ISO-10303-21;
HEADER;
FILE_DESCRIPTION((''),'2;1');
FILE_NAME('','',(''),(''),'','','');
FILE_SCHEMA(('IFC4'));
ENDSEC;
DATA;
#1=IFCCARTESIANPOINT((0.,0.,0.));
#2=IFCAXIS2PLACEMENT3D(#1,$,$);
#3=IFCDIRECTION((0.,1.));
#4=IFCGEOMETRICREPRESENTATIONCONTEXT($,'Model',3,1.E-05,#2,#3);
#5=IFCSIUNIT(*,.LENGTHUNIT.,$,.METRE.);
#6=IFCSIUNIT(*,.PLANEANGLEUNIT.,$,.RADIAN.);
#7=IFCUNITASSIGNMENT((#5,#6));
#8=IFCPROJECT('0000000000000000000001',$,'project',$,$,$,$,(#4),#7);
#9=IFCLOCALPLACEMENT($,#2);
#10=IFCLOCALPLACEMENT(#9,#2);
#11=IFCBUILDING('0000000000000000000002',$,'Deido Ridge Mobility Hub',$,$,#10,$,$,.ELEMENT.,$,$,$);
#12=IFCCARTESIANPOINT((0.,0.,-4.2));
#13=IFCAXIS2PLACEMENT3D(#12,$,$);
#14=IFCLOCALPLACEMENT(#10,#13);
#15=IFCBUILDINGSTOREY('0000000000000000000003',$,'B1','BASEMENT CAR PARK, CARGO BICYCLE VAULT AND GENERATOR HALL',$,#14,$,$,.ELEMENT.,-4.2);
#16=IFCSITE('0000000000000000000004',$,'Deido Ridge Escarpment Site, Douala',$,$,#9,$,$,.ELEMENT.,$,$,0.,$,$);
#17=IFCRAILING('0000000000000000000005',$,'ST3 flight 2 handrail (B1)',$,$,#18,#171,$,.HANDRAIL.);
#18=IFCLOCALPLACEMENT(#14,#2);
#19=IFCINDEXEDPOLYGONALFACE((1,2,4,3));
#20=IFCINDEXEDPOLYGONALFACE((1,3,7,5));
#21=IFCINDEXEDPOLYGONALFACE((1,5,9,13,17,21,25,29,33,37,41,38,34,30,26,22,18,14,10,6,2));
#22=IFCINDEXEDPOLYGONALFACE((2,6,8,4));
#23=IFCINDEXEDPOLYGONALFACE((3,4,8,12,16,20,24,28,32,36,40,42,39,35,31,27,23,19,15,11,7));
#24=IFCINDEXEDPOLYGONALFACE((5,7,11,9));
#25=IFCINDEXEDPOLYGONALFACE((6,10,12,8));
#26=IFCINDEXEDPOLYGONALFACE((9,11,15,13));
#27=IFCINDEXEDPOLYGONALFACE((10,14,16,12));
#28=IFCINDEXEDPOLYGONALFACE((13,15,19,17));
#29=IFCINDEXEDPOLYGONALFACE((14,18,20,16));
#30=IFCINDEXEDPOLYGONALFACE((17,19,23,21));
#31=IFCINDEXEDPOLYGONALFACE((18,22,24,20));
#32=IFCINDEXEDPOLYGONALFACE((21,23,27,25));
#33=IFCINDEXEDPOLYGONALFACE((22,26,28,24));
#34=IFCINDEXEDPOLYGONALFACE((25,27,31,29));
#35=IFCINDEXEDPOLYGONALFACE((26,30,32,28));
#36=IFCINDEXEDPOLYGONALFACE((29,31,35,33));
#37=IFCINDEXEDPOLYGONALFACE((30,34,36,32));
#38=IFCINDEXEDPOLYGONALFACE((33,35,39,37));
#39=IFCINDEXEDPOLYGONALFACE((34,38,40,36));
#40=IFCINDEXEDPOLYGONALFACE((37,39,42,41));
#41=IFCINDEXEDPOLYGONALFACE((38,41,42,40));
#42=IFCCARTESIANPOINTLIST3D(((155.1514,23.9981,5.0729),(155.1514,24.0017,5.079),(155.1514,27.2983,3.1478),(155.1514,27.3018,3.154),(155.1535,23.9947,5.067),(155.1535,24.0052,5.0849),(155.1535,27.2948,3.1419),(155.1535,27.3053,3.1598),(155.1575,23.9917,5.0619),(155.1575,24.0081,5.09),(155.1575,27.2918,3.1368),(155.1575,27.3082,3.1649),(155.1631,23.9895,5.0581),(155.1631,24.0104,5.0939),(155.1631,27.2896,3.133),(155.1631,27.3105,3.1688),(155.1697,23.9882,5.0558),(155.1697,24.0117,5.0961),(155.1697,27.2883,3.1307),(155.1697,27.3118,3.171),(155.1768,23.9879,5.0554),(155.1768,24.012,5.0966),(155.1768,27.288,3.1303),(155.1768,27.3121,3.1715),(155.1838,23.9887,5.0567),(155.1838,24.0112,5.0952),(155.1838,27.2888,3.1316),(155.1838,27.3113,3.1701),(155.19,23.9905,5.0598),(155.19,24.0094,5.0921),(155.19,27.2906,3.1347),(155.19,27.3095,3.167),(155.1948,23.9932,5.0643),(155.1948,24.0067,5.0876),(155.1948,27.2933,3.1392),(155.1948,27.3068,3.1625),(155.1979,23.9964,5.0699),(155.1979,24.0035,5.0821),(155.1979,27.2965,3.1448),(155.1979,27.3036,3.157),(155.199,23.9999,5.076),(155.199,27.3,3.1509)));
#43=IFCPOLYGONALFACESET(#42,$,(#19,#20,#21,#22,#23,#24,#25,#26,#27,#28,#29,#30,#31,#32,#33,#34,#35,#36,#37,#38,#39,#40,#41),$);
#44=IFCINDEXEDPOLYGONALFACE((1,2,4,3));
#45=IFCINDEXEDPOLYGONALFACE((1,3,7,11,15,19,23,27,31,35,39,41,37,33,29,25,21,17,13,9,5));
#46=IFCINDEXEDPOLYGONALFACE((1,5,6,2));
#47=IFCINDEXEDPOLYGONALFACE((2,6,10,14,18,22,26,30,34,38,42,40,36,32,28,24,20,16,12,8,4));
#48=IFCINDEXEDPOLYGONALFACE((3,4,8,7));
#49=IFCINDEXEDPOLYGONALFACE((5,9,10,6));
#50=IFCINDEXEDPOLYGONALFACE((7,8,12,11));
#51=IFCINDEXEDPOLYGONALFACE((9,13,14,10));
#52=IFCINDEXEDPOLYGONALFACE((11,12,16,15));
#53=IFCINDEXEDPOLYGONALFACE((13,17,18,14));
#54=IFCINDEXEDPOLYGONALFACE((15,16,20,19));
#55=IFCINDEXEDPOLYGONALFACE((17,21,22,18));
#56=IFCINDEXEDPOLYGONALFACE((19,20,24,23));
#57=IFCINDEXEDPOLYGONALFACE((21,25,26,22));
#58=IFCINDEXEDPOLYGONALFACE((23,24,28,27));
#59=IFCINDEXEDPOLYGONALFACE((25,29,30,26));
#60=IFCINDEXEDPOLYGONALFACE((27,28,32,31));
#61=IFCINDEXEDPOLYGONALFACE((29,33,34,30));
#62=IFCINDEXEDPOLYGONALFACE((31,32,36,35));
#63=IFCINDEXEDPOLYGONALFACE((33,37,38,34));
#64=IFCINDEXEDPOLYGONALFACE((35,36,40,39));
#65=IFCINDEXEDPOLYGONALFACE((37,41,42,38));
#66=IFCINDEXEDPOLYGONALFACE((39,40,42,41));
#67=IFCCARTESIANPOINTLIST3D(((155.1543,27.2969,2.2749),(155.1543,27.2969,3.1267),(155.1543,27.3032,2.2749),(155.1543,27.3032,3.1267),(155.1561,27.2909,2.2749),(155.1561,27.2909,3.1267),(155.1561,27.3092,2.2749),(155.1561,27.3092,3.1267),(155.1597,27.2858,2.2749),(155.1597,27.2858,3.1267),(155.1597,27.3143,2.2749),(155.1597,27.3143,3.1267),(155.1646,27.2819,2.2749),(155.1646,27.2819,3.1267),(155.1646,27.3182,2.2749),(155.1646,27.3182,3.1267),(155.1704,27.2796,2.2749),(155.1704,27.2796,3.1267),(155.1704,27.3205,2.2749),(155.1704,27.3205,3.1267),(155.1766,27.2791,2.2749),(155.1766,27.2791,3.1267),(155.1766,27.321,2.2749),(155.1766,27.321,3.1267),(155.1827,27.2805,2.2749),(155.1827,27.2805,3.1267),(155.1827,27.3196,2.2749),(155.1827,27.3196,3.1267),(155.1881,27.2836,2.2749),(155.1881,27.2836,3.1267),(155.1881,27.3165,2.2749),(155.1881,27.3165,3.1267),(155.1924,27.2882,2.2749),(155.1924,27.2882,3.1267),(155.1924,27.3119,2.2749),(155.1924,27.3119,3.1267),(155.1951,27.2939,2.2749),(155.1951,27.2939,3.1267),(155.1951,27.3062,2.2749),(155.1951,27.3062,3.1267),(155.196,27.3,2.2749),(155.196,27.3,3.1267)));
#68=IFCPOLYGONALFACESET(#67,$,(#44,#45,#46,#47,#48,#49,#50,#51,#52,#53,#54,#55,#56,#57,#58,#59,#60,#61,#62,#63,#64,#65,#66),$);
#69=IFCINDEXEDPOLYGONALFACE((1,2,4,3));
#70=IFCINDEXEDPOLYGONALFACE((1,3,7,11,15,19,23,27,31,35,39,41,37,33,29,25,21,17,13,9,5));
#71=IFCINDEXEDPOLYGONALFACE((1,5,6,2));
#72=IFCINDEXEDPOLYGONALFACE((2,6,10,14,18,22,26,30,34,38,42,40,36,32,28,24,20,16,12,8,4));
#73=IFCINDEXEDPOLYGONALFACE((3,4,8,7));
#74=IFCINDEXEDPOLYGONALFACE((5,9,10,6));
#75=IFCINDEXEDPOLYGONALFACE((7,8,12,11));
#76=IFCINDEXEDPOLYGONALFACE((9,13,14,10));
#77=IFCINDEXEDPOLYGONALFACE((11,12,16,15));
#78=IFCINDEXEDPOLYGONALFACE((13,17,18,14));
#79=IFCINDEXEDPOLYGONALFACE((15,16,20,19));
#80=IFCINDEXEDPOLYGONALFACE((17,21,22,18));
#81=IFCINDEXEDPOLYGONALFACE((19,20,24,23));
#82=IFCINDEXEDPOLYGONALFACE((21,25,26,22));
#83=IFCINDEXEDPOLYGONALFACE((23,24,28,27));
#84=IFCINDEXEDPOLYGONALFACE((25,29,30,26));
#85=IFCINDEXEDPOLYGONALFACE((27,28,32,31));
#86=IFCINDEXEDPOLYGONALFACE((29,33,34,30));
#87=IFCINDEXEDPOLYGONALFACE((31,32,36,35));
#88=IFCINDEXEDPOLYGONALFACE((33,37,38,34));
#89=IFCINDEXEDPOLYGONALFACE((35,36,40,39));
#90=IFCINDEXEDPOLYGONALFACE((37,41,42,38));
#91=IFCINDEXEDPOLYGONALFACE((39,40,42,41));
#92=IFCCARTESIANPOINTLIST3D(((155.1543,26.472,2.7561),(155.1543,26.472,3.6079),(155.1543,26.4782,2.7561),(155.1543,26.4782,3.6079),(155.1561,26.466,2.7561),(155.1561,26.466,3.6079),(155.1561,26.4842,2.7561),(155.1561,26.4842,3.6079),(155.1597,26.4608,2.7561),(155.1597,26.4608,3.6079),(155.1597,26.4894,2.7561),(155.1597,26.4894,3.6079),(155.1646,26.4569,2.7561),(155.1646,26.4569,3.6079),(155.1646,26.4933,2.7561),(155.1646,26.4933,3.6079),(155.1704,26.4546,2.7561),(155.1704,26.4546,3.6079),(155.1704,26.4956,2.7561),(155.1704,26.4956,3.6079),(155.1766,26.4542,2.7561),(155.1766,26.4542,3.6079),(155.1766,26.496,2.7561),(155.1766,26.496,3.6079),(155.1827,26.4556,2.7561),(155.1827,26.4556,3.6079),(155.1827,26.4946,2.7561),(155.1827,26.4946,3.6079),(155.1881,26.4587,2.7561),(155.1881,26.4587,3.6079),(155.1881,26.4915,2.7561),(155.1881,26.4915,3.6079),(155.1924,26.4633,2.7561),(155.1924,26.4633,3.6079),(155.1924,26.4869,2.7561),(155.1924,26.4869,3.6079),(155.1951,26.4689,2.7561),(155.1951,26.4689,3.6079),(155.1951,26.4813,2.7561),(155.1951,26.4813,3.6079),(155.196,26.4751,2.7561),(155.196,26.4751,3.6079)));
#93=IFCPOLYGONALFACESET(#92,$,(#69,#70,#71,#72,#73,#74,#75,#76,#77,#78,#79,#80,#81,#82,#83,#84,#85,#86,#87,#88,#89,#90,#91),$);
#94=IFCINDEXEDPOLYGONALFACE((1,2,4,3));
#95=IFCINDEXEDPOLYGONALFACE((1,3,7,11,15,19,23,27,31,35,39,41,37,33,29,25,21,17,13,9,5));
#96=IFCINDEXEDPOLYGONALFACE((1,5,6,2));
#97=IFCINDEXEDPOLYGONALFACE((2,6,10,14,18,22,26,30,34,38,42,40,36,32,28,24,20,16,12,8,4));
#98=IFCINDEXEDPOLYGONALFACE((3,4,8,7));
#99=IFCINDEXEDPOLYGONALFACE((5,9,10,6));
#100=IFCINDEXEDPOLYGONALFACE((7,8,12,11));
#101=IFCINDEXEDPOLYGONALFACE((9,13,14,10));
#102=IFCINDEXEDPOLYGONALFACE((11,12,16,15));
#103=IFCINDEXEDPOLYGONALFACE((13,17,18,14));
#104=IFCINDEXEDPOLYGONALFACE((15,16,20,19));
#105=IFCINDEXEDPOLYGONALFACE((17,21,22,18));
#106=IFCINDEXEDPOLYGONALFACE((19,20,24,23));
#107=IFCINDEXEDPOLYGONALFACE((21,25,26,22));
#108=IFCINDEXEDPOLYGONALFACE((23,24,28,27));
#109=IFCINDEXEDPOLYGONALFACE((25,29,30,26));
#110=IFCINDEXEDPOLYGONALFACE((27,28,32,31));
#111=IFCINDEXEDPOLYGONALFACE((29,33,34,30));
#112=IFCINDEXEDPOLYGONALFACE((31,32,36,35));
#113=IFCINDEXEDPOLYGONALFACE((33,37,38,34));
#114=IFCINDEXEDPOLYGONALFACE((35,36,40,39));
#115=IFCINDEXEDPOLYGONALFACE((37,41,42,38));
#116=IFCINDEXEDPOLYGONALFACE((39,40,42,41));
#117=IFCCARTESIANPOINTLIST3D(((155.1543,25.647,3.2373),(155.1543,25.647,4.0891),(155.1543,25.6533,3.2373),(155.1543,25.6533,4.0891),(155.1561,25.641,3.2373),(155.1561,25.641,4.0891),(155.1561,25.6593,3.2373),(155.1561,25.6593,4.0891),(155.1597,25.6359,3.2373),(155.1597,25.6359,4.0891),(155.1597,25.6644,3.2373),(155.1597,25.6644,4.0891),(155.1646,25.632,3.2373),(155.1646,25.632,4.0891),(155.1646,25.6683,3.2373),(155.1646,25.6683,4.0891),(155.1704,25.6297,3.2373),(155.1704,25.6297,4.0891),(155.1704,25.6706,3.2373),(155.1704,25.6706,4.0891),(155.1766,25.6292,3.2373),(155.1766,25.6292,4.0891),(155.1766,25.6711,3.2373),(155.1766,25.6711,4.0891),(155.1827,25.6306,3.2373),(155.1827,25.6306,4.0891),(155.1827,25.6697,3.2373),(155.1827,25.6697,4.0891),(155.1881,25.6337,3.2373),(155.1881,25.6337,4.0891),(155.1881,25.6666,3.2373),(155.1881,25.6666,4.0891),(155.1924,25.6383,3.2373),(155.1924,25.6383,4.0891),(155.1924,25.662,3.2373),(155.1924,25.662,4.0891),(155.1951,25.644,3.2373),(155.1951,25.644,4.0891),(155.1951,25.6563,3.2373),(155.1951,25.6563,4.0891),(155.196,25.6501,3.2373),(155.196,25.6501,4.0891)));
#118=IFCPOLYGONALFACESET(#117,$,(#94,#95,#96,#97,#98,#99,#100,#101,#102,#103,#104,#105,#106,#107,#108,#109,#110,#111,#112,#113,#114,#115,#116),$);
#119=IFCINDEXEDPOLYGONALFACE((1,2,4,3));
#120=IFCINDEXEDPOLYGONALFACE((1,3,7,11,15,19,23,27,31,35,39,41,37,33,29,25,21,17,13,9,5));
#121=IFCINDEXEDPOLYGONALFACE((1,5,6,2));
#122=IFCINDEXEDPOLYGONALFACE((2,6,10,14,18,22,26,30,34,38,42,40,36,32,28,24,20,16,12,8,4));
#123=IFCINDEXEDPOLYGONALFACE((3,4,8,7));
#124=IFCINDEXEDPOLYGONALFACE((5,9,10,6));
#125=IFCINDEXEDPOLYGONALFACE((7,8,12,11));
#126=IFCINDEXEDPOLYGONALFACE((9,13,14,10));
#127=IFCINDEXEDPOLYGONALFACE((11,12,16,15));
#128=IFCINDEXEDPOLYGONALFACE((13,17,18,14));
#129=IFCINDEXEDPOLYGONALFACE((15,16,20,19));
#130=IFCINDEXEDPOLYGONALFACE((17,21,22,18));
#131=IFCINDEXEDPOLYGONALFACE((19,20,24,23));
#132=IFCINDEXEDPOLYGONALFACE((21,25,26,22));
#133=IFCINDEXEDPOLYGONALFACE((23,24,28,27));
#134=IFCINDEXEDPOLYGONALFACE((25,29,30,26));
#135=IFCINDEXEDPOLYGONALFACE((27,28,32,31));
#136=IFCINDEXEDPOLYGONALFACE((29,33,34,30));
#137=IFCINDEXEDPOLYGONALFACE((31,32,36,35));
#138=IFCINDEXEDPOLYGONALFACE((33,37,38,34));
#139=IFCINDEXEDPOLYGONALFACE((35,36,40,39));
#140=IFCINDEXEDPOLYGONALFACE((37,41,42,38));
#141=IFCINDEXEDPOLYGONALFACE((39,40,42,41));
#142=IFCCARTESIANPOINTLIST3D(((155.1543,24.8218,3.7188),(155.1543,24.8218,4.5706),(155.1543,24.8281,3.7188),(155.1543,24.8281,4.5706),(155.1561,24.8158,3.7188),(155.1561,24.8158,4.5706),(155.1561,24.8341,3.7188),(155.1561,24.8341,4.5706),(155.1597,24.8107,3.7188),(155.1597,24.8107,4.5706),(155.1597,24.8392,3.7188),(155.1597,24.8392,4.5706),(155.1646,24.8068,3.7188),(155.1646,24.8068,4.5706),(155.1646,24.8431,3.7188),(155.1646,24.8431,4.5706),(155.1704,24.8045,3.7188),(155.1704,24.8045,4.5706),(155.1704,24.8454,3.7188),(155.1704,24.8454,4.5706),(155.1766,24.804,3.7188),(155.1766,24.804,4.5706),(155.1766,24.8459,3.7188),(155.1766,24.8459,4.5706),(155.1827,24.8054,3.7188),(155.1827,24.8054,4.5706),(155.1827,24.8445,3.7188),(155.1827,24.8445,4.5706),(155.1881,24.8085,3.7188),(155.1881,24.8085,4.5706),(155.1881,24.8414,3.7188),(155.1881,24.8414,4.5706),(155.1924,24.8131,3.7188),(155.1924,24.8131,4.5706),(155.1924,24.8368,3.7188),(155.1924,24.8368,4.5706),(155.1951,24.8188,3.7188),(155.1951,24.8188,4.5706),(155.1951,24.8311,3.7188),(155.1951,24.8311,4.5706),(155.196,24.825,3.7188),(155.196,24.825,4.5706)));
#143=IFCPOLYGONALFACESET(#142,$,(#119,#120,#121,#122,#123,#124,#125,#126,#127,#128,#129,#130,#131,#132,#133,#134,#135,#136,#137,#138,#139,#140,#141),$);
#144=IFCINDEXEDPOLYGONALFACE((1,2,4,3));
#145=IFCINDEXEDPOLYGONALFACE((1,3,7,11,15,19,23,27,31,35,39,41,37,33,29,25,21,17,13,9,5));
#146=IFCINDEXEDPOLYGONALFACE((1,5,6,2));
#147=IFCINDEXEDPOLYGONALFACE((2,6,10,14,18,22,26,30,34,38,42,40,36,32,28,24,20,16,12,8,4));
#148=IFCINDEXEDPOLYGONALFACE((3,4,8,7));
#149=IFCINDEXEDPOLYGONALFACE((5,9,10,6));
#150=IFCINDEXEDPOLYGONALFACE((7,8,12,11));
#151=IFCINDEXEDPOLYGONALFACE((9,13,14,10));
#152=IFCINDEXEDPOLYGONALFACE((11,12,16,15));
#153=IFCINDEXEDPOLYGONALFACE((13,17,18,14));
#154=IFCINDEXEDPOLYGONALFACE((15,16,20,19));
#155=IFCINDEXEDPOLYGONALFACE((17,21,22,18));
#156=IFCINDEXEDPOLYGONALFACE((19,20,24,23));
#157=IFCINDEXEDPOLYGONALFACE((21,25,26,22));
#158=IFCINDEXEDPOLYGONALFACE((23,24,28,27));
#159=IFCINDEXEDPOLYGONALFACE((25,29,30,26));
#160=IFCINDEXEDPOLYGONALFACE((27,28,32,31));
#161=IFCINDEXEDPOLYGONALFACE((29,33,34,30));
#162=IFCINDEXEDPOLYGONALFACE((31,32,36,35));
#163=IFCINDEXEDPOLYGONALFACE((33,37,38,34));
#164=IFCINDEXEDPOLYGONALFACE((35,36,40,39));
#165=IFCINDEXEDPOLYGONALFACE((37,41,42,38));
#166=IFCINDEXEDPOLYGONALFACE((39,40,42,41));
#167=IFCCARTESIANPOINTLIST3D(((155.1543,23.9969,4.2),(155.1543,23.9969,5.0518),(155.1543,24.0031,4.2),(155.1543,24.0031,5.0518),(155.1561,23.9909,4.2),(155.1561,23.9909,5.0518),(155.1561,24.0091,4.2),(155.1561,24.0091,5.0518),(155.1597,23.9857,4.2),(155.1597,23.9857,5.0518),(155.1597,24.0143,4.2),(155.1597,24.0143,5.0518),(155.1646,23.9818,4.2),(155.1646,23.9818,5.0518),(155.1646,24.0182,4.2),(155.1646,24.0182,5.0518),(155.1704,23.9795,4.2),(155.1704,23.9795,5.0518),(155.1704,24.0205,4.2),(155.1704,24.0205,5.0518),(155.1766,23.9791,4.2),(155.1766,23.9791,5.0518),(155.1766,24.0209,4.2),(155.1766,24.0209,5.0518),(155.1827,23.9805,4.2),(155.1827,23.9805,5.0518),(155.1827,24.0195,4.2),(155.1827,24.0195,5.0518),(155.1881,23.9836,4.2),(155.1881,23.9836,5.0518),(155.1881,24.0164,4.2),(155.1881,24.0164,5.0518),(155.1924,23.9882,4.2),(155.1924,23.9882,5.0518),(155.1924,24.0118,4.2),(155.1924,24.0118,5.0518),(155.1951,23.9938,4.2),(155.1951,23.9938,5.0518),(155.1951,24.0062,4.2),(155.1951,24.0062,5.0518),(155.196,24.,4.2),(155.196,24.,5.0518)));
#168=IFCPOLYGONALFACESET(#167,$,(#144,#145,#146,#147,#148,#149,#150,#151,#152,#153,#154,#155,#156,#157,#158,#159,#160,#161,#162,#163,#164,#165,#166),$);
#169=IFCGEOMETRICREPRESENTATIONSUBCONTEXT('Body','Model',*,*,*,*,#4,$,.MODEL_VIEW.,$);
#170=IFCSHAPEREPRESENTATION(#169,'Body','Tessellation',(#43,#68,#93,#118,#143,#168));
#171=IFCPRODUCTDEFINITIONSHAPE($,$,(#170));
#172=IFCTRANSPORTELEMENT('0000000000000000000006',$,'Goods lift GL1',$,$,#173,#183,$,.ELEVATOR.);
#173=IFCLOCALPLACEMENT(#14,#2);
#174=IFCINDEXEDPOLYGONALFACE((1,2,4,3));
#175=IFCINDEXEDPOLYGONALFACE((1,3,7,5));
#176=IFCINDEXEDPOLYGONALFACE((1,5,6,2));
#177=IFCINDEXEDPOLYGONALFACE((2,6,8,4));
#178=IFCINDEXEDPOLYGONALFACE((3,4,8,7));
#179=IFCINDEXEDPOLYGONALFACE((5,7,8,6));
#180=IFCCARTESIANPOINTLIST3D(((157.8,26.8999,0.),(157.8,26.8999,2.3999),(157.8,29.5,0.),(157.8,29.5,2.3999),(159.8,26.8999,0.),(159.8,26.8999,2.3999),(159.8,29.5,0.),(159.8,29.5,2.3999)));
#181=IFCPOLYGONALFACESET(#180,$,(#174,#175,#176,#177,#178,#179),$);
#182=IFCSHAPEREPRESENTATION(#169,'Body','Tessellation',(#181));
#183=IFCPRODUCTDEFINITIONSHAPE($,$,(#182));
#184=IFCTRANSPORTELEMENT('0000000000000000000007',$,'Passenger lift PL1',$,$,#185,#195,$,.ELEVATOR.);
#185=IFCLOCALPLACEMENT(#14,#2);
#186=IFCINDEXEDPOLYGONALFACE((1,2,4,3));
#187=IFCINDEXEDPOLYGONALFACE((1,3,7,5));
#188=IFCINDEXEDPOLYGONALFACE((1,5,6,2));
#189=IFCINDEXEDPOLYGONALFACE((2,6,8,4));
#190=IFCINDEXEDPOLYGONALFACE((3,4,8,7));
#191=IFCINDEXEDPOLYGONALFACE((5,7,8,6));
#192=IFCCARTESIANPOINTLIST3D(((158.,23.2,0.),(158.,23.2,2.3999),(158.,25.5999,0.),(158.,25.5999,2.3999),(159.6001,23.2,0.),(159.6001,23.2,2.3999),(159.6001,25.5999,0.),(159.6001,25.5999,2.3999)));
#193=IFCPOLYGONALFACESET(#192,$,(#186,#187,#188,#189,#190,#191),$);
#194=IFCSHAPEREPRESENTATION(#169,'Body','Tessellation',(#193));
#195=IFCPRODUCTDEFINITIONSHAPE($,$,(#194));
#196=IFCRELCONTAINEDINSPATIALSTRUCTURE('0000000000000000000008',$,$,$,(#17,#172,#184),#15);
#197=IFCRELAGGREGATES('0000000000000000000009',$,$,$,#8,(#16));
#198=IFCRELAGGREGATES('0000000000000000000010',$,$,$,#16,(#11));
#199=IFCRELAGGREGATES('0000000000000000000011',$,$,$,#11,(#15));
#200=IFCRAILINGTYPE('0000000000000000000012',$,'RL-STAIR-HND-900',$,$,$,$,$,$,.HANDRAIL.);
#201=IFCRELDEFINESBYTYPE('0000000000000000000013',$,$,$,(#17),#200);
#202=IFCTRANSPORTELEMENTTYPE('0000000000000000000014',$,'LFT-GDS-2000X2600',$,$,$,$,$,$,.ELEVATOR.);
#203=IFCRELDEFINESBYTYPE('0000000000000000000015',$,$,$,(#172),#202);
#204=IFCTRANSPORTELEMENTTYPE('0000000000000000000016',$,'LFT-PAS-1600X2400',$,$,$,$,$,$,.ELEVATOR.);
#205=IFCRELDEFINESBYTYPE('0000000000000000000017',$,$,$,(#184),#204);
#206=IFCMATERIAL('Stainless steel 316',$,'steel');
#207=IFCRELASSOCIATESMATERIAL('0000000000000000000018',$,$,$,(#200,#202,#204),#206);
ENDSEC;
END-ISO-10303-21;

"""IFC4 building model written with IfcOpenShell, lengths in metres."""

from ifc_helpers import new_model, si_unit, direction, frame, origin, origin_2d, place, context, subcontext, project, spatial, rectangle, circle, extrude, material, type_object, element, save


model = new_model("IFC4")

# Units and contexts
model_context = context("Model", 3, precision=1e-05, world=origin(), true_north=direction((0.0, 1.0)))
body_context = subcontext(model_context, "Body", "Model", "MODEL_VIEW")
ifc_project = project(units=[si_unit("LENGTHUNIT", "METRE"), si_unit("PLANEANGLEUNIT", "RADIAN")], contexts=[model_context])

# Site, building, storey
site_placement = place(None, origin())
site = spatial("IfcSite", under=ifc_project, at=site_placement, Name="Deido Ridge Escarpment Site, Douala", CompositionType="ELEMENT", RefElevation=0.0)
building_placement = place(site_placement, origin())
building = spatial("IfcBuilding", under=site, at=building_placement, Name="Deido Ridge Mobility Hub", CompositionType="ELEMENT")
storey_placement = place(building_placement, frame((0.0, 0.0, -4.2)))
storey = spatial("IfcBuildingStorey", under=building, at=storey_placement, Name="B1", Description="BASEMENT CAR PARK, CARGO BICYCLE VAULT AND GENERATOR HALL", CompositionType="ELEMENT", Elevation=-4.2)

# Shared definitions
ifc_material_1 = material(Name="Stainless steel 316", Category="steel")

# Railing
railing_type_1 = type_object("IfcRailingType", Name="RL-STAIR-HND-900", PredefinedType="HANDRAIL", material=ifc_material_1)
railing_1_placement = place(storey_placement, frame((155.175, 27.3, 2.2749)))
element("IfcRailing", 1, at=railing_1_placement, inside=storey, type_object=railing_type_1, Name="ST3 flight 2 handrail (B1)", PredefinedType="HANDRAIL", context=body_context, shape_type="SweptSolid", body=[
    extrude(circle(Radius=0.0239, at=origin_2d()), frame((0.0, 0.0, 0.876), z_axis=(0.0, -0.863777, 0.503875), x_axis=(1.0, 0.0, 0.0)), (0.0, 0.0, 1.0), 3.8206),
    extrude(circle(Radius=0.021, at=origin_2d()), origin(), (0.0, 0.0, 1.0), 0.8518),
    extrude(circle(Radius=0.021, at=origin_2d()), frame((0.0, -0.825, 0.4812)), (0.0, 0.0, 1.0), 0.8518),
    extrude(circle(Radius=0.021, at=origin_2d()), frame((0.0, -1.6499, 0.9624)), (0.0, 0.0, 1.0), 0.8518),
    extrude(circle(Radius=0.021, at=origin_2d()), frame((0.0, -2.4751, 1.4438)), (0.0, 0.0, 1.0), 0.8518),
    extrude(circle(Radius=0.021, at=origin_2d()), frame((0.0, -3.3, 1.925)), (0.0, 0.0, 1.0), 0.8518),
])

# Transport elements
transport_element_type_1 = type_object("IfcTransportElementType", Name="LFT-GDS-2000X2600", PredefinedType="ELEVATOR", material=ifc_material_1)
transport_element_1_placement = place(storey_placement, frame((158.8, 28.2, 0.0), z_axis=(0.0, 0.0, 1.0), x_axis=(1.0, 0.0, 0.0)))
element("IfcTransportElement", 2, at=transport_element_1_placement, inside=storey, type_object=transport_element_type_1, Name="Goods lift GL1", PredefinedType="ELEVATOR", context=body_context, shape_type="SweptSolid", body=[
    extrude(rectangle(XDim=2.0, YDim=2.6001, at=origin_2d()), origin(), (0.0, 0.0, 1.0), 2.3999),
])
transport_element_type_2 = type_object("IfcTransportElementType", Name="LFT-PAS-1600X2400", PredefinedType="ELEVATOR", material=ifc_material_1)
transport_element_2_placement = place(storey_placement, frame((158.8, 24.3999, 0.0), z_axis=(0.0, 0.0, 1.0), x_axis=(1.0, 0.0, 0.0)))
element("IfcTransportElement", 3, at=transport_element_2_placement, inside=storey, type_object=transport_element_type_2, Name="Passenger lift PL1", PredefinedType="ELEVATOR", context=body_context, shape_type="SweptSolid", body=[
    extrude(rectangle(XDim=1.6001, YDim=2.3999, at=origin_2d()), origin(), (0.0, 0.0, 1.0), 2.3999),
])

save(model, "model.ifc")
